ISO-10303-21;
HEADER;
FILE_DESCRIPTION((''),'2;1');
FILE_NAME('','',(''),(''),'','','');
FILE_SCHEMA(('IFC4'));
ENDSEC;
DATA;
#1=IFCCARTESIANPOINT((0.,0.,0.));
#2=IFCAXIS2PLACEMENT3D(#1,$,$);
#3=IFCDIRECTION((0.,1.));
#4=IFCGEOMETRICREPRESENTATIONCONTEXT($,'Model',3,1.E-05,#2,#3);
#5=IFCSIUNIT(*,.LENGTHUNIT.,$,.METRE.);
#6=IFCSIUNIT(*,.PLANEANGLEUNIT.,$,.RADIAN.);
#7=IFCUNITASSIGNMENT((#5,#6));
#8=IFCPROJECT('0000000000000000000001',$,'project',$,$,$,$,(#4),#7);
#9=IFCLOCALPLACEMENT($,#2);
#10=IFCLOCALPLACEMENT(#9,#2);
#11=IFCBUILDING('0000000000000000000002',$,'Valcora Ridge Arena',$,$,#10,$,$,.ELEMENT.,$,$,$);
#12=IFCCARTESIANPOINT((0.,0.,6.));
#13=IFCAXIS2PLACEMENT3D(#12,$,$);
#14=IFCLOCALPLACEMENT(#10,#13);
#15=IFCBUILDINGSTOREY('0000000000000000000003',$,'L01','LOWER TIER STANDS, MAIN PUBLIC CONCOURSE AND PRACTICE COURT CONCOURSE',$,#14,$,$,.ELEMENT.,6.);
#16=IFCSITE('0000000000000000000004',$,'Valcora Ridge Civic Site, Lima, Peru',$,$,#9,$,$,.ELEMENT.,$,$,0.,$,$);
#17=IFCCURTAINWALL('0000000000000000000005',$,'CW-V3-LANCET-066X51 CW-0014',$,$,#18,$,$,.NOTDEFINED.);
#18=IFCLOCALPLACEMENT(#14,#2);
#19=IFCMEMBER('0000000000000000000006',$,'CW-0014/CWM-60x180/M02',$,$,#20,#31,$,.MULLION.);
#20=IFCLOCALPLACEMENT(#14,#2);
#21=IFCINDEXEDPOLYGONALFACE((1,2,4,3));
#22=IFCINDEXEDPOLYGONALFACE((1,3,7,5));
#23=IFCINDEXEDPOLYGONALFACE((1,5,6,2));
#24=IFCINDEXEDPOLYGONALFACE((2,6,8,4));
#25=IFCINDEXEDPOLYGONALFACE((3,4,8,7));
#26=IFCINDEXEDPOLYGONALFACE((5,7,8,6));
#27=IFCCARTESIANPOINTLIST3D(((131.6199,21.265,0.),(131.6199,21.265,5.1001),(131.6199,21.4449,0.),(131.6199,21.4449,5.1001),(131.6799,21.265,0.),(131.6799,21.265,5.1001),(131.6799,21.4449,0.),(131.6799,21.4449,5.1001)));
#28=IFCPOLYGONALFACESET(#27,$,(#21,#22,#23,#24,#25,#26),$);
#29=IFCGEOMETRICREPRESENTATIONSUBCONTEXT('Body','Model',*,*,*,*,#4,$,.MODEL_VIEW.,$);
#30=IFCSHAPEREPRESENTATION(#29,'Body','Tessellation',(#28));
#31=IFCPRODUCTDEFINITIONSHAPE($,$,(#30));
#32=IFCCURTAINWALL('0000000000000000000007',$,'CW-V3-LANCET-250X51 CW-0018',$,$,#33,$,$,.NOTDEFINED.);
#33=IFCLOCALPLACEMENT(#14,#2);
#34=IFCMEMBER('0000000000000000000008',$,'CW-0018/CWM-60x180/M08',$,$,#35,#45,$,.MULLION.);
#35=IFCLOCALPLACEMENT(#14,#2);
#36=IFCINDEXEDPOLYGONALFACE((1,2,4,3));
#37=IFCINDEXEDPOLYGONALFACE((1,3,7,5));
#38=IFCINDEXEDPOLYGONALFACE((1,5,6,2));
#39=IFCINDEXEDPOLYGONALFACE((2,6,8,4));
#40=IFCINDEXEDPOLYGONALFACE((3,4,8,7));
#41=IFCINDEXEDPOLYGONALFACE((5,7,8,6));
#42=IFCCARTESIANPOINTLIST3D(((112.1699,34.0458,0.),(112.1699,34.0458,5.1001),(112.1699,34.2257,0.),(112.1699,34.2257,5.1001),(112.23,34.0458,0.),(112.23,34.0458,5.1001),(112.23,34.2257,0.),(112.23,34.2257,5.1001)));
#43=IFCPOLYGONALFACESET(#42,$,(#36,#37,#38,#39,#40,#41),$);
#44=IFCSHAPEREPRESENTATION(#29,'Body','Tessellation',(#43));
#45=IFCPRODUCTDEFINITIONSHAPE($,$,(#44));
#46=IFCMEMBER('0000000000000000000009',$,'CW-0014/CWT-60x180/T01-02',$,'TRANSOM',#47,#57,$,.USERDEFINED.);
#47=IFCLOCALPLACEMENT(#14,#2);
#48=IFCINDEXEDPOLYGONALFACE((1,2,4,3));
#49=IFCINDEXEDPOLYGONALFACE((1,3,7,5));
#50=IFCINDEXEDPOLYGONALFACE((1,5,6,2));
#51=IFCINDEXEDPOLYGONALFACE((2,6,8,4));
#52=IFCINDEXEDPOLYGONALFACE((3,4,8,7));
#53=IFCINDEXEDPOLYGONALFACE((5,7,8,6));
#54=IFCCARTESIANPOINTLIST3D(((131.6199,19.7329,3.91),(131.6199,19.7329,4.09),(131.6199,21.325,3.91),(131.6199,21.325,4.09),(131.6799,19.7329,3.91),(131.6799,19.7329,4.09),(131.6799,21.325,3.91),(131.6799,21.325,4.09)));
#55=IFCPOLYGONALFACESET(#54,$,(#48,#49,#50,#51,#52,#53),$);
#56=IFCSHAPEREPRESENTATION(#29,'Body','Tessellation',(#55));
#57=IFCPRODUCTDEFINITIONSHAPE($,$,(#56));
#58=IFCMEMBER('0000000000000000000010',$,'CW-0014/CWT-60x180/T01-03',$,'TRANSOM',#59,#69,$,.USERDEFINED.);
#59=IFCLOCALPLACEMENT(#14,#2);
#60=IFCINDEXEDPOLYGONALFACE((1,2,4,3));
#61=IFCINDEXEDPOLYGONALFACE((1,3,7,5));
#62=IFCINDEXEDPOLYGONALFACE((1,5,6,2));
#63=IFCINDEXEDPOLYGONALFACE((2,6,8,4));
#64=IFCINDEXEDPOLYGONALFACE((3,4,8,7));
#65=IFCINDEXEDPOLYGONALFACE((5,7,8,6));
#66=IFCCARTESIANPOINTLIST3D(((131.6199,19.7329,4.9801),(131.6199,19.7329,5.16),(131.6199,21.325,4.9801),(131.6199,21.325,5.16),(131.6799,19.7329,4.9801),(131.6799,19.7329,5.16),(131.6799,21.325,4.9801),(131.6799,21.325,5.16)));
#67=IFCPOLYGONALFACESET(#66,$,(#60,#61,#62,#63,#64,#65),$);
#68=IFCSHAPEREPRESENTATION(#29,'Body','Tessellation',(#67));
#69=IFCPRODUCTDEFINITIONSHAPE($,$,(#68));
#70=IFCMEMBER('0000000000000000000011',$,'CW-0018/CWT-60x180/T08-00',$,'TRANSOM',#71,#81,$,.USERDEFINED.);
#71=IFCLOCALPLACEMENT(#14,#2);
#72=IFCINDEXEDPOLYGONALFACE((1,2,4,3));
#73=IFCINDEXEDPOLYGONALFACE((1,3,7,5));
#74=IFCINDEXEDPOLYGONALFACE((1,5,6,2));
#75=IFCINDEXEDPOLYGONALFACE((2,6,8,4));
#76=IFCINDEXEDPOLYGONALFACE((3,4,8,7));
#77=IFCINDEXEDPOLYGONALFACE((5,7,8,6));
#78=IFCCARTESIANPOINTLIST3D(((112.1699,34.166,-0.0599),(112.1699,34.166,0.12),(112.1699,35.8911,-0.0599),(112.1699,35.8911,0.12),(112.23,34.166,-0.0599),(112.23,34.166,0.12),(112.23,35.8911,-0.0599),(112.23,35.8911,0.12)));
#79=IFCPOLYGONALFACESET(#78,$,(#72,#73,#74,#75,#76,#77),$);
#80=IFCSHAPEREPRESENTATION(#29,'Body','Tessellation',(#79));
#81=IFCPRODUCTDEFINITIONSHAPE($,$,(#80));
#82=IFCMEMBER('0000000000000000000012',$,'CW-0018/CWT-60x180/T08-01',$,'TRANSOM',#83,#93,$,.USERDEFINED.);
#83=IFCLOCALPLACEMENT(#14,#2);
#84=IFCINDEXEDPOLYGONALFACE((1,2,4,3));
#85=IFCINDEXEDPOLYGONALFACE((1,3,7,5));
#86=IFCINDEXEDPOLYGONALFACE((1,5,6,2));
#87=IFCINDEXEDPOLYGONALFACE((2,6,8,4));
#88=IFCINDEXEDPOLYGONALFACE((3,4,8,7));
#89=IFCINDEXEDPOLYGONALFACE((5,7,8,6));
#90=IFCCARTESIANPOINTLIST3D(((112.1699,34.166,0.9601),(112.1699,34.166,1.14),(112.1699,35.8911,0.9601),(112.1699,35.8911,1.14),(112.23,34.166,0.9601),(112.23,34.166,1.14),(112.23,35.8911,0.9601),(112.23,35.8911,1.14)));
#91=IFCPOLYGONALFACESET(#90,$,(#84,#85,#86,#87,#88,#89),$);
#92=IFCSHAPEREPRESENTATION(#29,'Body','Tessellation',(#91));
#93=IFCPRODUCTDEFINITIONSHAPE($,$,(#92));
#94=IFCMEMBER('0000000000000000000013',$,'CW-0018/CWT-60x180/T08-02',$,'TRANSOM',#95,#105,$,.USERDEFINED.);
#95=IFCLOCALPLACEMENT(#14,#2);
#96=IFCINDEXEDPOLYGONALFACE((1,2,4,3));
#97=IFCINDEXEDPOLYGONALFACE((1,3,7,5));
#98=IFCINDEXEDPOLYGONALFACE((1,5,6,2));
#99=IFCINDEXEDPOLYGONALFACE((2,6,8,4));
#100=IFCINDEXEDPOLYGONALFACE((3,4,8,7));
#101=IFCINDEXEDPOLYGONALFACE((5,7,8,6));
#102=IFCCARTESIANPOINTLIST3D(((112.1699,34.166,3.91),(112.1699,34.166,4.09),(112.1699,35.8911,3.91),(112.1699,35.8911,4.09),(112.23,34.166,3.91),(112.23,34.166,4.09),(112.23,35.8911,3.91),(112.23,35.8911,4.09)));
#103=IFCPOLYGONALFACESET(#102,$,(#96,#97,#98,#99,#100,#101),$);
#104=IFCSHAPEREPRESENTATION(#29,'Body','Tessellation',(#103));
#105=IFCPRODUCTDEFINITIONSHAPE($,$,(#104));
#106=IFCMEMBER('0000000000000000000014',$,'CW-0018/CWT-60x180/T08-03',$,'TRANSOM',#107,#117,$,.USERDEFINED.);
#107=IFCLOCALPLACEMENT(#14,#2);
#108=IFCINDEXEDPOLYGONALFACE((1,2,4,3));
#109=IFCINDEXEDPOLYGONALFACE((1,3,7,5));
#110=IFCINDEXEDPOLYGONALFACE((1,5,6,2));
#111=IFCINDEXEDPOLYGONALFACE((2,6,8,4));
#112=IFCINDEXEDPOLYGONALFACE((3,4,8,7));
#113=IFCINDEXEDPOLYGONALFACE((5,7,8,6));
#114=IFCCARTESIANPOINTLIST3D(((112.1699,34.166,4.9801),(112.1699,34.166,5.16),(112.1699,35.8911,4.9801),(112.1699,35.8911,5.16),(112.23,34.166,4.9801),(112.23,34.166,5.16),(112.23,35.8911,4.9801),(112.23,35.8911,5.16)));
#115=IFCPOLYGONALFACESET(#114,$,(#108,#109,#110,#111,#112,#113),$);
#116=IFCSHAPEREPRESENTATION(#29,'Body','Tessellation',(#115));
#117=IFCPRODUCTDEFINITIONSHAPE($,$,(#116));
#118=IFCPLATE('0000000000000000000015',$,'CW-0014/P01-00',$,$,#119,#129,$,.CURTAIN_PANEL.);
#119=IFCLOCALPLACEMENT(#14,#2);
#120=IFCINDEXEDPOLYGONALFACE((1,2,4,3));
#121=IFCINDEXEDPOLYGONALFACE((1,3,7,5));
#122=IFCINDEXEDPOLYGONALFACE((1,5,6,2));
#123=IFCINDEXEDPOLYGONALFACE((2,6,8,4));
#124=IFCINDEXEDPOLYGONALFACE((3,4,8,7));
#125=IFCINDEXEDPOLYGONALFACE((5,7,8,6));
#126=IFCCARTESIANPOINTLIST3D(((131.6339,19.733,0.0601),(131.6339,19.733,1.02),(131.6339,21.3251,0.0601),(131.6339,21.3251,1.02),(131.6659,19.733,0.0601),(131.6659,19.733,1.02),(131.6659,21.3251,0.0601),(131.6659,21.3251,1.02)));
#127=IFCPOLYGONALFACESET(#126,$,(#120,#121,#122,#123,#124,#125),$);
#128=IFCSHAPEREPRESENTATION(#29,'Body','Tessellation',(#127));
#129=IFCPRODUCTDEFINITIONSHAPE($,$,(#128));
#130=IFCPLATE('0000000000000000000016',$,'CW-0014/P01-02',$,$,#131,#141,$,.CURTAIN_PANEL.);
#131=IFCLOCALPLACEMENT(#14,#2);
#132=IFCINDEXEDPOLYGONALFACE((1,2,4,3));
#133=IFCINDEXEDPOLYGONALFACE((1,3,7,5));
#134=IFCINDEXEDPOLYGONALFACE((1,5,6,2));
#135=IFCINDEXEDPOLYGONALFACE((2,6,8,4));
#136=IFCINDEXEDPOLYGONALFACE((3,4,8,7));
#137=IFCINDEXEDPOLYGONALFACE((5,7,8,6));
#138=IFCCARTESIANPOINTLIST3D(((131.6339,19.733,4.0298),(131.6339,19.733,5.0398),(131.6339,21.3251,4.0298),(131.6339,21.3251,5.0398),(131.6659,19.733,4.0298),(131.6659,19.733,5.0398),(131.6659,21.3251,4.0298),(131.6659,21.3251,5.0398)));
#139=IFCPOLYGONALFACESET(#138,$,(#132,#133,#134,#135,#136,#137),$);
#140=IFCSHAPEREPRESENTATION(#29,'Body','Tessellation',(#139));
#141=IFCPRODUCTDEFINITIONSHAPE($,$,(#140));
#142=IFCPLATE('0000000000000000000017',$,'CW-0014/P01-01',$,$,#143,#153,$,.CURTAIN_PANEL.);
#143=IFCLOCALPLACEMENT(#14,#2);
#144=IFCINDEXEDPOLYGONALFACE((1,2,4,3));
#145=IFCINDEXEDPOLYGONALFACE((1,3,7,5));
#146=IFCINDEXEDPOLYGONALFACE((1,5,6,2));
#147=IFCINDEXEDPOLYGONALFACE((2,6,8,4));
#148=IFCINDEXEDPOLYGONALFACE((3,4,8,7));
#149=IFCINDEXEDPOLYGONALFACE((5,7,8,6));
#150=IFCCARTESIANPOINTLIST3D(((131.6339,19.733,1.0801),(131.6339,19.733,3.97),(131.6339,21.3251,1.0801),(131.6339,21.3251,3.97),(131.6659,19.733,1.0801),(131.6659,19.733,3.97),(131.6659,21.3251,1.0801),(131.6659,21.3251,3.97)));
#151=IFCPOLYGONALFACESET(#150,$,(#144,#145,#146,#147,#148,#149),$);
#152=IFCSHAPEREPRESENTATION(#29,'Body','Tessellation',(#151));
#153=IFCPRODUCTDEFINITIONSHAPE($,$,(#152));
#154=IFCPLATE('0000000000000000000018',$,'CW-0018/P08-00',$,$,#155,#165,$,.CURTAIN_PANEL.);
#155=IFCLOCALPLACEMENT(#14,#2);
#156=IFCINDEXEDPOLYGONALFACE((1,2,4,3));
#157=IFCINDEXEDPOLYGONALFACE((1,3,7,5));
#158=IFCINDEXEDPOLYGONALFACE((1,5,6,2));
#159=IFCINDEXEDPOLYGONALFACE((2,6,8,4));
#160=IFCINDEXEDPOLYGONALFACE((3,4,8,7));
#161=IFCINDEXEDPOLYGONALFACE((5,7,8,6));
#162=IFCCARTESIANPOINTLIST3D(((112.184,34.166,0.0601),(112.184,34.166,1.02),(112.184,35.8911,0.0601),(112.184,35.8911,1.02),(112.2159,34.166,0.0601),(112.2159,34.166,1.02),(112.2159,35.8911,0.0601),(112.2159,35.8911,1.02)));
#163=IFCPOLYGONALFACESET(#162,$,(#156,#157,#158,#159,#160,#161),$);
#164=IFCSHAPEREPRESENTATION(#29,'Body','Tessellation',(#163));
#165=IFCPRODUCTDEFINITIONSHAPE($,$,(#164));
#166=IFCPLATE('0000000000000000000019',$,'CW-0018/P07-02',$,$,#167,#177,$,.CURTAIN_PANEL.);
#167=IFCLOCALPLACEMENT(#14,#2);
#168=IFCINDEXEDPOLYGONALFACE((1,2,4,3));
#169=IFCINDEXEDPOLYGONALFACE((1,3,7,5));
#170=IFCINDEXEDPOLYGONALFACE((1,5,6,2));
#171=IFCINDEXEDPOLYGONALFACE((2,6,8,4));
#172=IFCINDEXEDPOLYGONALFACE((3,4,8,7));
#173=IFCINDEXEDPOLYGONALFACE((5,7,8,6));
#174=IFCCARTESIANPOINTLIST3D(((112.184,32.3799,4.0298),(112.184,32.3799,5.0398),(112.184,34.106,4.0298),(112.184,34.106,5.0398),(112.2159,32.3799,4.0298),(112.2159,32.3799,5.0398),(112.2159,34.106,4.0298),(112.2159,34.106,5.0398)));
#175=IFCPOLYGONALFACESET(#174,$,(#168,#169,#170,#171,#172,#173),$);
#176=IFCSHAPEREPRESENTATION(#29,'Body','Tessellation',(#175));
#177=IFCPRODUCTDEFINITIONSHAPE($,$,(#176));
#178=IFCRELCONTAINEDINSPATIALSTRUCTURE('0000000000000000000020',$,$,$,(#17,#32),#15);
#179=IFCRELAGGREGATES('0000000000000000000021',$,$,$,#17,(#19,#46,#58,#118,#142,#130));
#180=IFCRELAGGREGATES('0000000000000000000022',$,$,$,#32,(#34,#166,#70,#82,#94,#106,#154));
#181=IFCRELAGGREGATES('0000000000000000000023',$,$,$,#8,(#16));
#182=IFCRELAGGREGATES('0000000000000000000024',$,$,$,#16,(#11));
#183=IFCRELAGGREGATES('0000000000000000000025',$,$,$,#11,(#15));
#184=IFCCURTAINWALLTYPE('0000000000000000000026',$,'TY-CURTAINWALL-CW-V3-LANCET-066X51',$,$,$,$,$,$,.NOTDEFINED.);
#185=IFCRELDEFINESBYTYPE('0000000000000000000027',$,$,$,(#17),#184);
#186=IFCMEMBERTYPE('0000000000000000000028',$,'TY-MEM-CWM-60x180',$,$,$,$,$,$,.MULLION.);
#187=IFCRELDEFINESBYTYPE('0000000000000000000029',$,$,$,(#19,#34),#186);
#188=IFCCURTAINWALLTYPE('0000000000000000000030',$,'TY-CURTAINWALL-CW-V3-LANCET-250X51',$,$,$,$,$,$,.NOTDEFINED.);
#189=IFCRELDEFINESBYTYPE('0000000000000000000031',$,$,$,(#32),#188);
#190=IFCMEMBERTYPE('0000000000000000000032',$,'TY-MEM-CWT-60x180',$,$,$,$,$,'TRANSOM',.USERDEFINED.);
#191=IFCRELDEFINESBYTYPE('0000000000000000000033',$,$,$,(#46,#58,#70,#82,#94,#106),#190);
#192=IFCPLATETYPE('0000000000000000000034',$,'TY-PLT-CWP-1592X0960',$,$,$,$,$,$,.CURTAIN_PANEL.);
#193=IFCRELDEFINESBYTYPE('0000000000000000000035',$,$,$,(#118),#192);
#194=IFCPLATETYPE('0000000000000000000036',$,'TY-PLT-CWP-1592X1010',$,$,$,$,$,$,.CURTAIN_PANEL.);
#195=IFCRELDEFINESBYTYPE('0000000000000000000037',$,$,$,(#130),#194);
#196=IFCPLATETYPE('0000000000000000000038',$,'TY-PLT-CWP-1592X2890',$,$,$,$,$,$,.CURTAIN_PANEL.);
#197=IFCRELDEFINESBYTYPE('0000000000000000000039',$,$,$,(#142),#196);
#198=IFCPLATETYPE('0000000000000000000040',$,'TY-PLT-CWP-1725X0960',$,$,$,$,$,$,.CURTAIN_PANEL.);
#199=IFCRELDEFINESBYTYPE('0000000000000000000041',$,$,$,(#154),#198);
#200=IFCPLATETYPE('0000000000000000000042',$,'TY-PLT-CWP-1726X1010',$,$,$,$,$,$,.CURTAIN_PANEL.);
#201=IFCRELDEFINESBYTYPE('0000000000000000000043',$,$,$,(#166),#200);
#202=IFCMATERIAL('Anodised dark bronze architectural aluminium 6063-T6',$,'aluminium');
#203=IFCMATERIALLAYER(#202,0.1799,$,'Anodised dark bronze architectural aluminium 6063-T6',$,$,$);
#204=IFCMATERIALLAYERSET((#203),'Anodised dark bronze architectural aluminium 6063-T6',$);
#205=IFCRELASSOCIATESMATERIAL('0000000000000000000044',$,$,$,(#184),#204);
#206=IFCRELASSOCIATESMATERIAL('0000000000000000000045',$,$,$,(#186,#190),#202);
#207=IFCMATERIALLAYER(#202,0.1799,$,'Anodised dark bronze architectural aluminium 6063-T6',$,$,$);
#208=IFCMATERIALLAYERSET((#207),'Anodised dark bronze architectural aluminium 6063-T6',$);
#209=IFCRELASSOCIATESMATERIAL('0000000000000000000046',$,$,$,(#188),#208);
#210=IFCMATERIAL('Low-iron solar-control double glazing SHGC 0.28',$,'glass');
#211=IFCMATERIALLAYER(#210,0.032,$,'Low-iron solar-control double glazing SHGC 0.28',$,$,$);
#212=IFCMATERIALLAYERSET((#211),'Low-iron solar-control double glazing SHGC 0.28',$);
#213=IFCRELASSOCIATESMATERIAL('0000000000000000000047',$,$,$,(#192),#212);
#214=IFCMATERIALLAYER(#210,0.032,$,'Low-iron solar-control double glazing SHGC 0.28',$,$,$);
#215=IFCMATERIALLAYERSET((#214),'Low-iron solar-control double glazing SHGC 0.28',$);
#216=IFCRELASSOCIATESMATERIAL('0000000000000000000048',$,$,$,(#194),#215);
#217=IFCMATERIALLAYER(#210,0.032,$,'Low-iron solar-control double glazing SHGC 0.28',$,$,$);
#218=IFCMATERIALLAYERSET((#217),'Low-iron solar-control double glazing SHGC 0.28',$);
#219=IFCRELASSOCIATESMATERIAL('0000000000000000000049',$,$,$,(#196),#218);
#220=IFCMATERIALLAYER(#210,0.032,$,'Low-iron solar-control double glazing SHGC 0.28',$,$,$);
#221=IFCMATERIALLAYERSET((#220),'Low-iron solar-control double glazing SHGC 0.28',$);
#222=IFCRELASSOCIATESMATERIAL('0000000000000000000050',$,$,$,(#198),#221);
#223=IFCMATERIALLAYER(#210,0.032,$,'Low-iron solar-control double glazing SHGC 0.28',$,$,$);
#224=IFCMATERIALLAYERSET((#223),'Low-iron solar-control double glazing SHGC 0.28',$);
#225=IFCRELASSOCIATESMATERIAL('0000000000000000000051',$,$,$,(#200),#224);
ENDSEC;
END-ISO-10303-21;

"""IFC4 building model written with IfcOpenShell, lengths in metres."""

from ifc_helpers import new_model, si_unit, direction, frame, origin, origin_2d, place, context, subcontext, project, spatial, rectangle, extrude, material, layer, layer_set, material_profile, profile_set, type_object, element, aggregate, save


model = new_model("IFC4")

# Units and contexts
model_context = context("Model", 3, precision=1e-05, world=origin(), true_north=direction((0.0, 1.0)))
body_context = subcontext(model_context, "Body", "Model", "MODEL_VIEW")
ifc_project = project(units=[si_unit("LENGTHUNIT", "METRE"), si_unit("PLANEANGLEUNIT", "RADIAN")], contexts=[model_context])

# Site, building, storey
site_placement = place(None, origin())
site = spatial("IfcSite", under=ifc_project, at=site_placement, Name="Valcora Ridge Civic Site, Lima, Peru", CompositionType="ELEMENT", RefElevation=0.0)
building_placement = place(site_placement, origin())
building = spatial("IfcBuilding", under=site, at=building_placement, Name="Valcora Ridge Arena", CompositionType="ELEMENT")
storey_placement = place(building_placement, frame((0.0, 0.0, 6.0)))
storey = spatial("IfcBuildingStorey", under=building, at=storey_placement, Name="L01", Description="LOWER TIER STANDS, MAIN PUBLIC CONCOURSE AND PRACTICE COURT CONCOURSE", CompositionType="ELEMENT", Elevation=6.0)

# Curtain walls, members
ifc_material_1 = material(Name="Anodised dark bronze architectural aluminium 6063-T6", Category="aluminium")
ifc_layer_1 = layer(ifc_material_1, 0.1799, Name="Anodised dark bronze architectural aluminium 6063-T6")
ifc_layer_set_1 = layer_set([ifc_layer_1], Name="Anodised dark bronze architectural aluminium 6063-T6")
curtain_wall_type_1 = type_object("IfcCurtainWallType", Name="TY-CURTAINWALL-CW-V3-LANCET-066X51", PredefinedType="NOTDEFINED", material=ifc_layer_set_1)
curtain_wall_1_placement = place(storey_placement, origin())
curtain_wall_1 = element("IfcCurtainWall", 1, at=curtain_wall_1_placement, inside=storey, type_object=curtain_wall_type_1, Name="CW-V3-LANCET-066X51 CW-0014", PredefinedType="NOTDEFINED")
ifc_material_profile_1 = material_profile(ifc_material_1, rectangle(XDim=0.0601, YDim=0.1799, at=origin_2d()), Name="ALU MULLION 60x180")
ifc_profile_set_1 = profile_set([ifc_material_profile_1], Name="Anodised dark bronze architectural aluminium 6063-T6")
member_type_1 = type_object("IfcMemberType", Name="TY-MEM-CWM-60x180", PredefinedType="MULLION", material=ifc_profile_set_1)
member_1_placement = place(storey_placement, frame((131.6499, 21.355, 0.0), z_axis=(0.0, 0.0, 1.0), x_axis=(-1.0, 0.0, 0.0)))
member_1 = element("IfcMember", 2, at=member_1_placement, type_object=member_type_1, Name="CW-0014/CWM-60x180/M02", PredefinedType="MULLION", context=body_context, shape_type="SweptSolid", body=[
    extrude(rectangle(XDim=0.0601, YDim=0.1799, at=origin_2d()), origin(), (0.0, 0.0, 1.0), 5.1001),
])
ifc_layer_2 = layer(ifc_material_1, 0.1799, Name="Anodised dark bronze architectural aluminium 6063-T6")
ifc_layer_set_2 = layer_set([ifc_layer_2], Name="Anodised dark bronze architectural aluminium 6063-T6")
curtain_wall_type_2 = type_object("IfcCurtainWallType", Name="TY-CURTAINWALL-CW-V3-LANCET-250X51", PredefinedType="NOTDEFINED", material=ifc_layer_set_2)
curtain_wall_2_placement = place(storey_placement, origin())
curtain_wall_2 = element("IfcCurtainWall", 3, at=curtain_wall_2_placement, inside=storey, type_object=curtain_wall_type_2, Name="CW-V3-LANCET-250X51 CW-0018", PredefinedType="NOTDEFINED")
member_2_placement = place(storey_placement, frame((112.2, 34.1357, 0.0), z_axis=(0.0, 0.0, 1.0), x_axis=(-1.0, 0.0, 0.0)))
member_2 = element("IfcMember", 4, at=member_2_placement, type_object=member_type_1, Name="CW-0018/CWM-60x180/M08", PredefinedType="MULLION", context=body_context, shape_type="SweptSolid", body=[
    extrude(rectangle(XDim=0.0601, YDim=0.1799, at=origin_2d()), origin(), (0.0, 0.0, 1.0), 5.1001),
])

# Members
ifc_material_profile_2 = material_profile(ifc_material_1, rectangle(XDim=0.0601, YDim=0.1799, at=origin_2d()), Name="ALU TRANSOM 60x180")
ifc_profile_set_2 = profile_set([ifc_material_profile_2], Name="Anodised dark bronze architectural aluminium 6063-T6")
member_type_2 = type_object("IfcMemberType", Name="TY-MEM-CWT-60x180", ElementType="TRANSOM", PredefinedType="USERDEFINED", material=ifc_profile_set_2)
member_3_placement = place(storey_placement, frame((131.6499, 19.7329, 4.0), z_axis=(0.0, 1.0, 0.0), x_axis=(-1.0, 0.0, 0.0)))
member_3 = element("IfcMember", 5, at=member_3_placement, type_object=member_type_2, Name="CW-0014/CWT-60x180/T01-02", ObjectType="TRANSOM", PredefinedType="USERDEFINED", context=body_context, shape_type="SweptSolid", body=[
    extrude(rectangle(XDim=0.0601, YDim=0.1799, at=origin_2d()), origin(), (0.0, 0.0, 1.0), 1.592),
])
member_4_placement = place(storey_placement, frame((131.6499, 19.7329, 5.0701), z_axis=(0.0, 1.0, 0.0), x_axis=(-1.0, 0.0, 0.0)))
member_4 = element("IfcMember", 6, at=member_4_placement, type_object=member_type_2, Name="CW-0014/CWT-60x180/T01-03", ObjectType="TRANSOM", PredefinedType="USERDEFINED", context=body_context, shape_type="SweptSolid", body=[
    extrude(rectangle(XDim=0.0601, YDim=0.1799, at=origin_2d()), origin(), (0.0, 0.0, 1.0), 1.592),
])
member_5_placement = place(storey_placement, frame((112.2, 34.166, 0.03), z_axis=(0.0, 1.0, 0.0), x_axis=(-1.0, 0.0, 0.0)))
member_5 = element("IfcMember", 7, at=member_5_placement, type_object=member_type_2, Name="CW-0018/CWT-60x180/T08-00", ObjectType="TRANSOM", PredefinedType="USERDEFINED", context=body_context, shape_type="SweptSolid", body=[
    extrude(rectangle(XDim=0.0601, YDim=0.1799, at=origin_2d()), origin(), (0.0, 0.0, 1.0), 1.7251),
])
member_6_placement = place(storey_placement, frame((112.2, 34.166, 1.05), z_axis=(0.0, 1.0, 0.0), x_axis=(-1.0, 0.0, 0.0)))
member_6 = element("IfcMember", 8, at=member_6_placement, type_object=member_type_2, Name="CW-0018/CWT-60x180/T08-01", ObjectType="TRANSOM", PredefinedType="USERDEFINED", context=body_context, shape_type="SweptSolid", body=[
    extrude(rectangle(XDim=0.0601, YDim=0.1799, at=origin_2d()), origin(), (0.0, 0.0, 1.0), 1.7251),
])
member_7_placement = place(storey_placement, frame((112.2, 34.166, 4.0), z_axis=(0.0, 1.0, 0.0), x_axis=(-1.0, 0.0, 0.0)))
member_7 = element("IfcMember", 9, at=member_7_placement, type_object=member_type_2, Name="CW-0018/CWT-60x180/T08-02", ObjectType="TRANSOM", PredefinedType="USERDEFINED", context=body_context, shape_type="SweptSolid", body=[
    extrude(rectangle(XDim=0.0601, YDim=0.1799, at=origin_2d()), origin(), (0.0, 0.0, 1.0), 1.7251),
])
member_8_placement = place(storey_placement, frame((112.2, 34.166, 5.0701), z_axis=(0.0, 1.0, 0.0), x_axis=(-1.0, 0.0, 0.0)))
member_8 = element("IfcMember", 10, at=member_8_placement, type_object=member_type_2, Name="CW-0018/CWT-60x180/T08-03", ObjectType="TRANSOM", PredefinedType="USERDEFINED", context=body_context, shape_type="SweptSolid", body=[
    extrude(rectangle(XDim=0.0601, YDim=0.1799, at=origin_2d()), origin(), (0.0, 0.0, 1.0), 1.7251),
])

# Plates
ifc_material_2 = material(Name="Low-iron solar-control double glazing SHGC 0.28", Category="glass")
ifc_layer_3 = layer(ifc_material_2, 0.032, Name="Low-iron solar-control double glazing SHGC 0.28")
ifc_layer_set_3 = layer_set([ifc_layer_3], Name="Low-iron solar-control double glazing SHGC 0.28")
plate_type_1 = type_object("IfcPlateType", Name="TY-PLT-CWP-1592X0960", PredefinedType="CURTAIN_PANEL", material=ifc_layer_set_3)
plate_1_placement = place(storey_placement, frame((131.6499, 20.5291, 0.0601), z_axis=(0.0, 0.0, 1.0), x_axis=(0.0, 1.0, 0.0)))
plate_1 = element("IfcPlate", 11, at=plate_1_placement, type_object=plate_type_1, Name="CW-0014/P01-00", PredefinedType="CURTAIN_PANEL", context=body_context, shape_type="SweptSolid", body=[
    extrude(rectangle(XDim=1.592, YDim=0.032, at=origin_2d()), origin(), (0.0, 0.0, 1.0), 0.96),
])
ifc_layer_4 = layer(ifc_material_2, 0.032, Name="Low-iron solar-control double glazing SHGC 0.28")
ifc_layer_set_4 = layer_set([ifc_layer_4], Name="Low-iron solar-control double glazing SHGC 0.28")
plate_type_2 = type_object("IfcPlateType", Name="TY-PLT-CWP-1592X1010", PredefinedType="CURTAIN_PANEL", material=ifc_layer_set_4)
plate_2_placement = place(storey_placement, frame((131.6499, 20.5291, 4.0298), z_axis=(0.0, 0.0, 1.0), x_axis=(0.0, 1.0, 0.0)))
plate_2 = element("IfcPlate", 12, at=plate_2_placement, type_object=plate_type_2, Name="CW-0014/P01-02", PredefinedType="CURTAIN_PANEL", context=body_context, shape_type="SweptSolid", body=[
    extrude(rectangle(XDim=1.592, YDim=0.032, at=origin_2d()), origin(), (0.0, 0.0, 1.0), 1.01),
])
ifc_layer_5 = layer(ifc_material_2, 0.032, Name="Low-iron solar-control double glazing SHGC 0.28")
ifc_layer_set_5 = layer_set([ifc_layer_5], Name="Low-iron solar-control double glazing SHGC 0.28")
plate_type_3 = type_object("IfcPlateType", Name="TY-PLT-CWP-1592X2890", PredefinedType="CURTAIN_PANEL", material=ifc_layer_set_5)
plate_3_placement = place(storey_placement, frame((131.6499, 20.5291, 1.0801), z_axis=(0.0, 0.0, 1.0), x_axis=(0.0, 1.0, 0.0)))
plate_3 = element("IfcPlate", 13, at=plate_3_placement, type_object=plate_type_3, Name="CW-0014/P01-01", PredefinedType="CURTAIN_PANEL", context=body_context, shape_type="SweptSolid", body=[
    extrude(rectangle(XDim=1.592, YDim=0.032, at=origin_2d()), origin(), (0.0, 0.0, 1.0), 2.8899),
])
aggregate(curtain_wall_1, [member_1, member_3, member_4, plate_1, plate_3, plate_2])
ifc_layer_6 = layer(ifc_material_2, 0.032, Name="Low-iron solar-control double glazing SHGC 0.28")
ifc_layer_set_6 = layer_set([ifc_layer_6], Name="Low-iron solar-control double glazing SHGC 0.28")
plate_type_4 = type_object("IfcPlateType", Name="TY-PLT-CWP-1725X0960", PredefinedType="CURTAIN_PANEL", material=ifc_layer_set_6)
plate_4_placement = place(storey_placement, frame((112.2, 35.0286, 0.0601), z_axis=(0.0, 0.0, 1.0), x_axis=(0.0, 1.0, 0.0)))
plate_4 = element("IfcPlate", 14, at=plate_4_placement, type_object=plate_type_4, Name="CW-0018/P08-00", PredefinedType="CURTAIN_PANEL", context=body_context, shape_type="SweptSolid", body=[
    extrude(rectangle(XDim=1.7251, YDim=0.032, at=origin_2d()), origin(), (0.0, 0.0, 1.0), 0.96),
])
ifc_layer_7 = layer(ifc_material_2, 0.032, Name="Low-iron solar-control double glazing SHGC 0.28")
ifc_layer_set_7 = layer_set([ifc_layer_7], Name="Low-iron solar-control double glazing SHGC 0.28")
plate_type_5 = type_object("IfcPlateType", Name="TY-PLT-CWP-1726X1010", PredefinedType="CURTAIN_PANEL", material=ifc_layer_set_7)
plate_5_placement = place(storey_placement, frame((112.2, 33.2429, 4.0298), z_axis=(0.0, 0.0, 1.0), x_axis=(0.0, 1.0, 0.0)))
plate_5 = element("IfcPlate", 15, at=plate_5_placement, type_object=plate_type_5, Name="CW-0018/P07-02", PredefinedType="CURTAIN_PANEL", context=body_context, shape_type="SweptSolid", body=[
    extrude(rectangle(XDim=1.7261, YDim=0.032, at=origin_2d()), origin(), (0.0, 0.0, 1.0), 1.01),
])
aggregate(curtain_wall_2, [member_2, plate_5, member_5, member_6, member_7, member_8, plate_4])

save(model, "model.ifc")
